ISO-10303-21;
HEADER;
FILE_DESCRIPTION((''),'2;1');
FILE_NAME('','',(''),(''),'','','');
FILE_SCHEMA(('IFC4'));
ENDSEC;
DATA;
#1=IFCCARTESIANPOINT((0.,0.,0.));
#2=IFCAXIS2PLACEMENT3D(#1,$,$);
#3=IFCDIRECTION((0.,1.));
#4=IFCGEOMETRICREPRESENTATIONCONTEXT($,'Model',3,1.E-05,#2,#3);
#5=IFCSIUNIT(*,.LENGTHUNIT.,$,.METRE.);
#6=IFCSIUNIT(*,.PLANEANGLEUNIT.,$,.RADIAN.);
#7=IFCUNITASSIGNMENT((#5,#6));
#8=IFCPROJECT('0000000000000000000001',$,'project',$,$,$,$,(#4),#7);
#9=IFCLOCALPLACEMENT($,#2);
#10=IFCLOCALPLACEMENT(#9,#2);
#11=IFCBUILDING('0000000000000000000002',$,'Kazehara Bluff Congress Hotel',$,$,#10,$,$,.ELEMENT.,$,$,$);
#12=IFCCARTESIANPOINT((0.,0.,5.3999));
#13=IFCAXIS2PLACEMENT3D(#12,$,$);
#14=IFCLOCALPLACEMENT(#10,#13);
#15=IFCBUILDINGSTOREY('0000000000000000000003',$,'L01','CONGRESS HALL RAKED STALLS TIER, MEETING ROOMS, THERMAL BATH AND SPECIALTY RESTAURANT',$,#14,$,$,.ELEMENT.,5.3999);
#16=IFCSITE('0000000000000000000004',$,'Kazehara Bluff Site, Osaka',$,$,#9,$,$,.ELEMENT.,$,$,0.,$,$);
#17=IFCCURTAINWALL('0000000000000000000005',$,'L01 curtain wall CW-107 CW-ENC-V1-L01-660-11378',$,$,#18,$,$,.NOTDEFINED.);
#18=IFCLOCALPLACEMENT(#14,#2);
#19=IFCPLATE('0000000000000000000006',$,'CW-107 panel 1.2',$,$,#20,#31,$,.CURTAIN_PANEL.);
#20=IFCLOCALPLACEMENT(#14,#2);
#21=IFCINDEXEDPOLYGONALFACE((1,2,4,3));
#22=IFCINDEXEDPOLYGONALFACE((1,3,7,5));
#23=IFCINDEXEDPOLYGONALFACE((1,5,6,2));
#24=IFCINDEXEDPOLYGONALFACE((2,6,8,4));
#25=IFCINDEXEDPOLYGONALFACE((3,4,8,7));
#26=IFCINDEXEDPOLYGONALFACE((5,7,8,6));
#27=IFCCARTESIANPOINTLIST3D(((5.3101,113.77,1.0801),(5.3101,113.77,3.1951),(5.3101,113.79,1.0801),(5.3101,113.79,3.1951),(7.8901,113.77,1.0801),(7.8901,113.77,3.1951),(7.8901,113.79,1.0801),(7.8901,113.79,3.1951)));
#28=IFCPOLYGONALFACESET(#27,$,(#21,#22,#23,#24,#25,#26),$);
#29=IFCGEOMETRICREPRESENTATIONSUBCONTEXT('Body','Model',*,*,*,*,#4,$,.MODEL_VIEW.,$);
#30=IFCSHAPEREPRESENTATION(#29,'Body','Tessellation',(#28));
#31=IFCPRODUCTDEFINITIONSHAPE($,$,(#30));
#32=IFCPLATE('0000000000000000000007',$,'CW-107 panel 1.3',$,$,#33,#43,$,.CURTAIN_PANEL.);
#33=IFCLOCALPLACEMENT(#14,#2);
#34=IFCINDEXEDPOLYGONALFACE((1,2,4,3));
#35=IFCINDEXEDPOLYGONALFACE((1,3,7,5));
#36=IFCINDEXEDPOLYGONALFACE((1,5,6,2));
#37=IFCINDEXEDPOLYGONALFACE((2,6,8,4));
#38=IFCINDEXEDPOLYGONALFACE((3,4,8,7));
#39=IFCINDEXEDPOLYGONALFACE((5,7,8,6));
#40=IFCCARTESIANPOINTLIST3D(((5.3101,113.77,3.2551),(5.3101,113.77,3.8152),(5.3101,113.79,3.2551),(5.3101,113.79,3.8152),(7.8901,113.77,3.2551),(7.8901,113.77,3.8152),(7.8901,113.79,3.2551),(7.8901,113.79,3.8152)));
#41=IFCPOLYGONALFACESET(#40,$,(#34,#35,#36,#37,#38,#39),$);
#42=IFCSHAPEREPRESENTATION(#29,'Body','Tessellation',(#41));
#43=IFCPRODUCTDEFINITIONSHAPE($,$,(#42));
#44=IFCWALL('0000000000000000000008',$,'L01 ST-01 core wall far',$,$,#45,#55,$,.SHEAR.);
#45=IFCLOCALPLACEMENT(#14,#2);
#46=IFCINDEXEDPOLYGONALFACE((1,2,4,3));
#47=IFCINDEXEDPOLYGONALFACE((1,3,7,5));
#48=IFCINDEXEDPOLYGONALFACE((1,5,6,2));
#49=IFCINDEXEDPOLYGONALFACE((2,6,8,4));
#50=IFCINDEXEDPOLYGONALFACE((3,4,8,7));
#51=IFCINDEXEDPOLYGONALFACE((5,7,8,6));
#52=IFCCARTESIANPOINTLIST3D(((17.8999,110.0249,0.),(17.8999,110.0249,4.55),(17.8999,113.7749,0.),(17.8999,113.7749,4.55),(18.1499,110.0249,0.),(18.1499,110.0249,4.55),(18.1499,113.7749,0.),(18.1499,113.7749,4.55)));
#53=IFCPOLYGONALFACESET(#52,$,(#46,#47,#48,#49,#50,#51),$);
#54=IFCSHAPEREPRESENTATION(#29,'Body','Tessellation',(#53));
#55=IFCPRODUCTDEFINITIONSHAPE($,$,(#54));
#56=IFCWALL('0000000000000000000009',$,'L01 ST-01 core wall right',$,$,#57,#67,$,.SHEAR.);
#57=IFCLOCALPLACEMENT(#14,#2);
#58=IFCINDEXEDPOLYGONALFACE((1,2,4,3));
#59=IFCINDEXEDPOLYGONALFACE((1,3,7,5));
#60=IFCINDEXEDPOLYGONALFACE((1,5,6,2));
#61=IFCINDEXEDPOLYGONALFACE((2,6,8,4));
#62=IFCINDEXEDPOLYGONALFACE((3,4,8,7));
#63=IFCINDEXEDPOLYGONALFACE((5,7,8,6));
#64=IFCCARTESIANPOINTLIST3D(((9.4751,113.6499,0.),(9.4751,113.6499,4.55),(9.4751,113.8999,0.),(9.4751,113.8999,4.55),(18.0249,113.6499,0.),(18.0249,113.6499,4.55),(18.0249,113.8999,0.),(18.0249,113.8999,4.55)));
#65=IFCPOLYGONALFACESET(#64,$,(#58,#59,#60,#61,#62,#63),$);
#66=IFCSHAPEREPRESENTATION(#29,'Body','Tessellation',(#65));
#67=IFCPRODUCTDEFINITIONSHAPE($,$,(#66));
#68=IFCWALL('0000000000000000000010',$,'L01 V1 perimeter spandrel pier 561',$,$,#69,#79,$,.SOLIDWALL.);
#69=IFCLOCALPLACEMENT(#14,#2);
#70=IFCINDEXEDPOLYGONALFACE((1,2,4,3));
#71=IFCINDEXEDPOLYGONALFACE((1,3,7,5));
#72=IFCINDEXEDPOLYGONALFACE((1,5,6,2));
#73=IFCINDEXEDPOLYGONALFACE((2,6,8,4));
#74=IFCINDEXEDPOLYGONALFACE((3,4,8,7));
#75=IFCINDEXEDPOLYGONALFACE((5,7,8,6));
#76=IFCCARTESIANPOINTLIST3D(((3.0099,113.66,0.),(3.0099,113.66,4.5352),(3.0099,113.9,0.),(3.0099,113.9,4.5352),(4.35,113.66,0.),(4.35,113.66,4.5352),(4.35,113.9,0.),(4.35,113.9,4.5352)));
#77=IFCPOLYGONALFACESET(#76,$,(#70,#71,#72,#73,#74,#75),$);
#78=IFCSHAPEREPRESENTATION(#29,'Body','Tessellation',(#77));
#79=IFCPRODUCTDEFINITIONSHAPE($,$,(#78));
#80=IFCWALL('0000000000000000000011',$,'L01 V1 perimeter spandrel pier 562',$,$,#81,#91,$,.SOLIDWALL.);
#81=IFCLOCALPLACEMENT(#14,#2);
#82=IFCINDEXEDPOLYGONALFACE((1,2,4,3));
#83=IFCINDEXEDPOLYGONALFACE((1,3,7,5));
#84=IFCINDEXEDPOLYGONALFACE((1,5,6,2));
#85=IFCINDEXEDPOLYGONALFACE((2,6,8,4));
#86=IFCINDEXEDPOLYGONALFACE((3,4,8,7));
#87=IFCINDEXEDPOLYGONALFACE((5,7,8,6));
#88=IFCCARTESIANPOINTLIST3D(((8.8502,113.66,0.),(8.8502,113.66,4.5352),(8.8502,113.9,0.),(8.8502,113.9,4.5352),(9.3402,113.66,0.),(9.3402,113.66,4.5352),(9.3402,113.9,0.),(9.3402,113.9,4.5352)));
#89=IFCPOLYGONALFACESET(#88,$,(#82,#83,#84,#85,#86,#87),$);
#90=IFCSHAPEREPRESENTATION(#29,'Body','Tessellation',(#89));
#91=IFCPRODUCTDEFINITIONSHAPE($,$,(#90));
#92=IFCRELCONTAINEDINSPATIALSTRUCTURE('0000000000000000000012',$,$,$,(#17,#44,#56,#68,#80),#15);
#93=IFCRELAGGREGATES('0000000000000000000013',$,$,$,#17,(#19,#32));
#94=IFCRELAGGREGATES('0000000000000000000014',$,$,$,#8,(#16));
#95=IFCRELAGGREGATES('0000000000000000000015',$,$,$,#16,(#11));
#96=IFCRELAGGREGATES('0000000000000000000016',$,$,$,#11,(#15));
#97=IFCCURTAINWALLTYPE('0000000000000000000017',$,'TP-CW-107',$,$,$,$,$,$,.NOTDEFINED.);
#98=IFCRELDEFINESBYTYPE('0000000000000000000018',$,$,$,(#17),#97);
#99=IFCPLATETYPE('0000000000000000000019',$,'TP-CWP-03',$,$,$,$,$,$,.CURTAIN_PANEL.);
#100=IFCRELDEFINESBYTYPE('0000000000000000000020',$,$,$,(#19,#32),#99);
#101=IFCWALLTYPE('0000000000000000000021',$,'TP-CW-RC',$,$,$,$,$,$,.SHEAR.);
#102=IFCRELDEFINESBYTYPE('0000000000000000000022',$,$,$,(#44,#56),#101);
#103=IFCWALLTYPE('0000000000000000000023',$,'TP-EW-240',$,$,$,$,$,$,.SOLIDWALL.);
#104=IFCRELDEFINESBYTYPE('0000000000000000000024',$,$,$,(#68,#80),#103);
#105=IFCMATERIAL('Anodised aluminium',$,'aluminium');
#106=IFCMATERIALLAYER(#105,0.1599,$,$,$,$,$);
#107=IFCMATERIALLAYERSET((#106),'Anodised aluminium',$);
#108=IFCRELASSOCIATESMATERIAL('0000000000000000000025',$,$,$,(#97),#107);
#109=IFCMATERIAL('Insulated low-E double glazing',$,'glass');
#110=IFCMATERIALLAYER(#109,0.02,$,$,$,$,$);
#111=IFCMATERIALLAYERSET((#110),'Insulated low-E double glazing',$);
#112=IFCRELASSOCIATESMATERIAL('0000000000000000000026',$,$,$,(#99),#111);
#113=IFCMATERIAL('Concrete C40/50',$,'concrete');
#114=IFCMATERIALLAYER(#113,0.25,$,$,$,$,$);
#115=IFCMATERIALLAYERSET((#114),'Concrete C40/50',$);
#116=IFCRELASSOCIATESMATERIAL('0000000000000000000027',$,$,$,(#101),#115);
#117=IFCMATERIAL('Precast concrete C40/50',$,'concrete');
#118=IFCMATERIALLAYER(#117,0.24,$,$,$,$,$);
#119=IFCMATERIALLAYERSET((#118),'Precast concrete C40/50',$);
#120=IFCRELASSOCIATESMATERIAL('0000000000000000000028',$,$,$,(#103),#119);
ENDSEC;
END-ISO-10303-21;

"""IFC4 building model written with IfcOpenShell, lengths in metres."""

from ifc_helpers import new_model, si_unit, direction, frame, frame_2d, origin, origin_2d, place, context, subcontext, project, spatial, rectangle, extrude, material, layer, layer_set, type_object, element, aggregate, save


model = new_model("IFC4")

# Units and contexts
model_context = context("Model", 3, precision=1e-05, world=origin(), true_north=direction((0.0, 1.0)))
body_context = subcontext(model_context, "Body", "Model", "MODEL_VIEW")
ifc_project = project(units=[si_unit("LENGTHUNIT", "METRE"), si_unit("PLANEANGLEUNIT", "RADIAN")], contexts=[model_context])

# Site, building, storey
site_placement = place(None, origin())
site = spatial("IfcSite", under=ifc_project, at=site_placement, Name="Kazehara Bluff Site, Osaka", CompositionType="ELEMENT", RefElevation=0.0)
building_placement = place(site_placement, origin())
building = spatial("IfcBuilding", under=site, at=building_placement, Name="Kazehara Bluff Congress Hotel", CompositionType="ELEMENT")
storey_placement = place(building_placement, frame((0.0, 0.0, 5.3999)))
storey = spatial("IfcBuildingStorey", under=building, at=storey_placement, Name="L01", Description="CONGRESS HALL RAKED STALLS TIER, MEETING ROOMS, THERMAL BATH AND SPECIALTY RESTAURANT", CompositionType="ELEMENT", Elevation=5.3999)

# Curtain wall
ifc_material_1 = material(Name="Anodised aluminium", Category="aluminium")
ifc_layer_1 = layer(ifc_material_1, 0.1599)
ifc_layer_set_1 = layer_set([ifc_layer_1], Name="Anodised aluminium")
curtain_wall_type_1 = type_object("IfcCurtainWallType", Name="TP-CW-107", PredefinedType="NOTDEFINED", material=ifc_layer_set_1)
curtain_wall_1_placement = place(storey_placement, origin())
curtain_wall_1 = element("IfcCurtainWall", 1, at=curtain_wall_1_placement, inside=storey, type_object=curtain_wall_type_1, Name="L01 curtain wall CW-107 CW-ENC-V1-L01-660-11378", PredefinedType="NOTDEFINED")

# Plates
ifc_material_2 = material(Name="Insulated low-E double glazing", Category="glass")
ifc_layer_2 = layer(ifc_material_2, 0.02)
ifc_layer_set_2 = layer_set([ifc_layer_2], Name="Insulated low-E double glazing")
plate_type_1 = type_object("IfcPlateType", Name="TP-CWP-03", PredefinedType="CURTAIN_PANEL", material=ifc_layer_set_2)
plate_1_placement = place(storey_placement, frame((6.6001, 113.78, 1.0801), z_axis=(0.0, 0.0, 1.0), x_axis=(1.0, 0.0, 0.0)))
plate_1 = element("IfcPlate", 2, at=plate_1_placement, type_object=plate_type_1, Name="CW-107 panel 1.2", PredefinedType="CURTAIN_PANEL", context=body_context, shape_type="SweptSolid", body=[
    extrude(rectangle(XDim=2.5801, YDim=0.02, at=origin_2d()), origin(), (0.0, 0.0, 1.0), 2.115),
])
plate_2_placement = place(storey_placement, frame((6.6001, 113.78, 3.2551), z_axis=(0.0, 0.0, 1.0), x_axis=(1.0, 0.0, 0.0)))
plate_2 = element("IfcPlate", 3, at=plate_2_placement, type_object=plate_type_1, Name="CW-107 panel 1.3", PredefinedType="CURTAIN_PANEL", context=body_context, shape_type="SweptSolid", body=[
    extrude(rectangle(XDim=2.5801, YDim=0.02, at=origin_2d()), origin(), (0.0, 0.0, 1.0), 0.5601),
])
aggregate(curtain_wall_1, [plate_1, plate_2])

# Walls
ifc_material_3 = material(Name="Concrete C40/50", Category="concrete")
ifc_layer_3 = layer(ifc_material_3, 0.25)
ifc_layer_set_3 = layer_set([ifc_layer_3], Name="Concrete C40/50")
wall_type_1 = type_object("IfcWallType", Name="TP-CW-RC", PredefinedType="SHEAR", material=ifc_layer_set_3)
wall_1_placement = place(storey_placement, frame((18.0249, 113.7749, 0.0), z_axis=(0.0, 0.0, 1.0), x_axis=(0.0, -1.0, 0.0)))
element("IfcWall", 4, at=wall_1_placement, inside=storey, type_object=wall_type_1, Name="L01 ST-01 core wall far", PredefinedType="SHEAR", context=body_context, shape_type="SweptSolid", body=[
    extrude(rectangle(XDim=3.75, YDim=0.25, at=frame_2d((1.875, 0.0))), origin(), (0.0, 0.0, 1.0), 4.55),
])
wall_2_placement = place(storey_placement, frame((9.4751, 113.7749, 0.0), z_axis=(0.0, 0.0, 1.0), x_axis=(1.0, 0.0, 0.0)))
element("IfcWall", 5, at=wall_2_placement, inside=storey, type_object=wall_type_1, Name="L01 ST-01 core wall right", PredefinedType="SHEAR", context=body_context, shape_type="SweptSolid", body=[
    extrude(rectangle(XDim=8.5498, YDim=0.25, at=frame_2d((4.2749, 0.0))), origin(), (0.0, 0.0, 1.0), 4.55),
])
ifc_material_4 = material(Name="Precast concrete C40/50", Category="concrete")
ifc_layer_4 = layer(ifc_material_4, 0.24)
ifc_layer_set_4 = layer_set([ifc_layer_4], Name="Precast concrete C40/50")
wall_type_2 = type_object("IfcWallType", Name="TP-EW-240", PredefinedType="SOLIDWALL", material=ifc_layer_set_4)
wall_3_placement = place(storey_placement, frame((3.01, 113.78, 0.0), z_axis=(0.0, 0.0, 1.0), x_axis=(1.0, 0.0, 0.0)))
element("IfcWall", 6, at=wall_3_placement, inside=storey, type_object=wall_type_2, Name="L01 V1 perimeter spandrel pier 561", PredefinedType="SOLIDWALL", context=body_context, shape_type="SweptSolid", body=[
    extrude(rectangle(XDim=1.3401, YDim=0.24, at=frame_2d((0.6699, 0.0))), origin(), (0.0, 0.0, 1.0), 4.5352),
])
wall_4_placement = place(storey_placement, frame((8.8501, 113.78, 0.0), z_axis=(0.0, 0.0, 1.0), x_axis=(1.0, 0.0, 0.0)))
element("IfcWall", 7, at=wall_4_placement, inside=storey, type_object=wall_type_2, Name="L01 V1 perimeter spandrel pier 562", PredefinedType="SOLIDWALL", context=body_context, shape_type="SweptSolid", body=[
    extrude(rectangle(XDim=0.49, YDim=0.24, at=frame_2d((0.2451, 0.0))), origin(), (0.0, 0.0, 1.0), 4.5352),
])

save(model, "model.ifc")
